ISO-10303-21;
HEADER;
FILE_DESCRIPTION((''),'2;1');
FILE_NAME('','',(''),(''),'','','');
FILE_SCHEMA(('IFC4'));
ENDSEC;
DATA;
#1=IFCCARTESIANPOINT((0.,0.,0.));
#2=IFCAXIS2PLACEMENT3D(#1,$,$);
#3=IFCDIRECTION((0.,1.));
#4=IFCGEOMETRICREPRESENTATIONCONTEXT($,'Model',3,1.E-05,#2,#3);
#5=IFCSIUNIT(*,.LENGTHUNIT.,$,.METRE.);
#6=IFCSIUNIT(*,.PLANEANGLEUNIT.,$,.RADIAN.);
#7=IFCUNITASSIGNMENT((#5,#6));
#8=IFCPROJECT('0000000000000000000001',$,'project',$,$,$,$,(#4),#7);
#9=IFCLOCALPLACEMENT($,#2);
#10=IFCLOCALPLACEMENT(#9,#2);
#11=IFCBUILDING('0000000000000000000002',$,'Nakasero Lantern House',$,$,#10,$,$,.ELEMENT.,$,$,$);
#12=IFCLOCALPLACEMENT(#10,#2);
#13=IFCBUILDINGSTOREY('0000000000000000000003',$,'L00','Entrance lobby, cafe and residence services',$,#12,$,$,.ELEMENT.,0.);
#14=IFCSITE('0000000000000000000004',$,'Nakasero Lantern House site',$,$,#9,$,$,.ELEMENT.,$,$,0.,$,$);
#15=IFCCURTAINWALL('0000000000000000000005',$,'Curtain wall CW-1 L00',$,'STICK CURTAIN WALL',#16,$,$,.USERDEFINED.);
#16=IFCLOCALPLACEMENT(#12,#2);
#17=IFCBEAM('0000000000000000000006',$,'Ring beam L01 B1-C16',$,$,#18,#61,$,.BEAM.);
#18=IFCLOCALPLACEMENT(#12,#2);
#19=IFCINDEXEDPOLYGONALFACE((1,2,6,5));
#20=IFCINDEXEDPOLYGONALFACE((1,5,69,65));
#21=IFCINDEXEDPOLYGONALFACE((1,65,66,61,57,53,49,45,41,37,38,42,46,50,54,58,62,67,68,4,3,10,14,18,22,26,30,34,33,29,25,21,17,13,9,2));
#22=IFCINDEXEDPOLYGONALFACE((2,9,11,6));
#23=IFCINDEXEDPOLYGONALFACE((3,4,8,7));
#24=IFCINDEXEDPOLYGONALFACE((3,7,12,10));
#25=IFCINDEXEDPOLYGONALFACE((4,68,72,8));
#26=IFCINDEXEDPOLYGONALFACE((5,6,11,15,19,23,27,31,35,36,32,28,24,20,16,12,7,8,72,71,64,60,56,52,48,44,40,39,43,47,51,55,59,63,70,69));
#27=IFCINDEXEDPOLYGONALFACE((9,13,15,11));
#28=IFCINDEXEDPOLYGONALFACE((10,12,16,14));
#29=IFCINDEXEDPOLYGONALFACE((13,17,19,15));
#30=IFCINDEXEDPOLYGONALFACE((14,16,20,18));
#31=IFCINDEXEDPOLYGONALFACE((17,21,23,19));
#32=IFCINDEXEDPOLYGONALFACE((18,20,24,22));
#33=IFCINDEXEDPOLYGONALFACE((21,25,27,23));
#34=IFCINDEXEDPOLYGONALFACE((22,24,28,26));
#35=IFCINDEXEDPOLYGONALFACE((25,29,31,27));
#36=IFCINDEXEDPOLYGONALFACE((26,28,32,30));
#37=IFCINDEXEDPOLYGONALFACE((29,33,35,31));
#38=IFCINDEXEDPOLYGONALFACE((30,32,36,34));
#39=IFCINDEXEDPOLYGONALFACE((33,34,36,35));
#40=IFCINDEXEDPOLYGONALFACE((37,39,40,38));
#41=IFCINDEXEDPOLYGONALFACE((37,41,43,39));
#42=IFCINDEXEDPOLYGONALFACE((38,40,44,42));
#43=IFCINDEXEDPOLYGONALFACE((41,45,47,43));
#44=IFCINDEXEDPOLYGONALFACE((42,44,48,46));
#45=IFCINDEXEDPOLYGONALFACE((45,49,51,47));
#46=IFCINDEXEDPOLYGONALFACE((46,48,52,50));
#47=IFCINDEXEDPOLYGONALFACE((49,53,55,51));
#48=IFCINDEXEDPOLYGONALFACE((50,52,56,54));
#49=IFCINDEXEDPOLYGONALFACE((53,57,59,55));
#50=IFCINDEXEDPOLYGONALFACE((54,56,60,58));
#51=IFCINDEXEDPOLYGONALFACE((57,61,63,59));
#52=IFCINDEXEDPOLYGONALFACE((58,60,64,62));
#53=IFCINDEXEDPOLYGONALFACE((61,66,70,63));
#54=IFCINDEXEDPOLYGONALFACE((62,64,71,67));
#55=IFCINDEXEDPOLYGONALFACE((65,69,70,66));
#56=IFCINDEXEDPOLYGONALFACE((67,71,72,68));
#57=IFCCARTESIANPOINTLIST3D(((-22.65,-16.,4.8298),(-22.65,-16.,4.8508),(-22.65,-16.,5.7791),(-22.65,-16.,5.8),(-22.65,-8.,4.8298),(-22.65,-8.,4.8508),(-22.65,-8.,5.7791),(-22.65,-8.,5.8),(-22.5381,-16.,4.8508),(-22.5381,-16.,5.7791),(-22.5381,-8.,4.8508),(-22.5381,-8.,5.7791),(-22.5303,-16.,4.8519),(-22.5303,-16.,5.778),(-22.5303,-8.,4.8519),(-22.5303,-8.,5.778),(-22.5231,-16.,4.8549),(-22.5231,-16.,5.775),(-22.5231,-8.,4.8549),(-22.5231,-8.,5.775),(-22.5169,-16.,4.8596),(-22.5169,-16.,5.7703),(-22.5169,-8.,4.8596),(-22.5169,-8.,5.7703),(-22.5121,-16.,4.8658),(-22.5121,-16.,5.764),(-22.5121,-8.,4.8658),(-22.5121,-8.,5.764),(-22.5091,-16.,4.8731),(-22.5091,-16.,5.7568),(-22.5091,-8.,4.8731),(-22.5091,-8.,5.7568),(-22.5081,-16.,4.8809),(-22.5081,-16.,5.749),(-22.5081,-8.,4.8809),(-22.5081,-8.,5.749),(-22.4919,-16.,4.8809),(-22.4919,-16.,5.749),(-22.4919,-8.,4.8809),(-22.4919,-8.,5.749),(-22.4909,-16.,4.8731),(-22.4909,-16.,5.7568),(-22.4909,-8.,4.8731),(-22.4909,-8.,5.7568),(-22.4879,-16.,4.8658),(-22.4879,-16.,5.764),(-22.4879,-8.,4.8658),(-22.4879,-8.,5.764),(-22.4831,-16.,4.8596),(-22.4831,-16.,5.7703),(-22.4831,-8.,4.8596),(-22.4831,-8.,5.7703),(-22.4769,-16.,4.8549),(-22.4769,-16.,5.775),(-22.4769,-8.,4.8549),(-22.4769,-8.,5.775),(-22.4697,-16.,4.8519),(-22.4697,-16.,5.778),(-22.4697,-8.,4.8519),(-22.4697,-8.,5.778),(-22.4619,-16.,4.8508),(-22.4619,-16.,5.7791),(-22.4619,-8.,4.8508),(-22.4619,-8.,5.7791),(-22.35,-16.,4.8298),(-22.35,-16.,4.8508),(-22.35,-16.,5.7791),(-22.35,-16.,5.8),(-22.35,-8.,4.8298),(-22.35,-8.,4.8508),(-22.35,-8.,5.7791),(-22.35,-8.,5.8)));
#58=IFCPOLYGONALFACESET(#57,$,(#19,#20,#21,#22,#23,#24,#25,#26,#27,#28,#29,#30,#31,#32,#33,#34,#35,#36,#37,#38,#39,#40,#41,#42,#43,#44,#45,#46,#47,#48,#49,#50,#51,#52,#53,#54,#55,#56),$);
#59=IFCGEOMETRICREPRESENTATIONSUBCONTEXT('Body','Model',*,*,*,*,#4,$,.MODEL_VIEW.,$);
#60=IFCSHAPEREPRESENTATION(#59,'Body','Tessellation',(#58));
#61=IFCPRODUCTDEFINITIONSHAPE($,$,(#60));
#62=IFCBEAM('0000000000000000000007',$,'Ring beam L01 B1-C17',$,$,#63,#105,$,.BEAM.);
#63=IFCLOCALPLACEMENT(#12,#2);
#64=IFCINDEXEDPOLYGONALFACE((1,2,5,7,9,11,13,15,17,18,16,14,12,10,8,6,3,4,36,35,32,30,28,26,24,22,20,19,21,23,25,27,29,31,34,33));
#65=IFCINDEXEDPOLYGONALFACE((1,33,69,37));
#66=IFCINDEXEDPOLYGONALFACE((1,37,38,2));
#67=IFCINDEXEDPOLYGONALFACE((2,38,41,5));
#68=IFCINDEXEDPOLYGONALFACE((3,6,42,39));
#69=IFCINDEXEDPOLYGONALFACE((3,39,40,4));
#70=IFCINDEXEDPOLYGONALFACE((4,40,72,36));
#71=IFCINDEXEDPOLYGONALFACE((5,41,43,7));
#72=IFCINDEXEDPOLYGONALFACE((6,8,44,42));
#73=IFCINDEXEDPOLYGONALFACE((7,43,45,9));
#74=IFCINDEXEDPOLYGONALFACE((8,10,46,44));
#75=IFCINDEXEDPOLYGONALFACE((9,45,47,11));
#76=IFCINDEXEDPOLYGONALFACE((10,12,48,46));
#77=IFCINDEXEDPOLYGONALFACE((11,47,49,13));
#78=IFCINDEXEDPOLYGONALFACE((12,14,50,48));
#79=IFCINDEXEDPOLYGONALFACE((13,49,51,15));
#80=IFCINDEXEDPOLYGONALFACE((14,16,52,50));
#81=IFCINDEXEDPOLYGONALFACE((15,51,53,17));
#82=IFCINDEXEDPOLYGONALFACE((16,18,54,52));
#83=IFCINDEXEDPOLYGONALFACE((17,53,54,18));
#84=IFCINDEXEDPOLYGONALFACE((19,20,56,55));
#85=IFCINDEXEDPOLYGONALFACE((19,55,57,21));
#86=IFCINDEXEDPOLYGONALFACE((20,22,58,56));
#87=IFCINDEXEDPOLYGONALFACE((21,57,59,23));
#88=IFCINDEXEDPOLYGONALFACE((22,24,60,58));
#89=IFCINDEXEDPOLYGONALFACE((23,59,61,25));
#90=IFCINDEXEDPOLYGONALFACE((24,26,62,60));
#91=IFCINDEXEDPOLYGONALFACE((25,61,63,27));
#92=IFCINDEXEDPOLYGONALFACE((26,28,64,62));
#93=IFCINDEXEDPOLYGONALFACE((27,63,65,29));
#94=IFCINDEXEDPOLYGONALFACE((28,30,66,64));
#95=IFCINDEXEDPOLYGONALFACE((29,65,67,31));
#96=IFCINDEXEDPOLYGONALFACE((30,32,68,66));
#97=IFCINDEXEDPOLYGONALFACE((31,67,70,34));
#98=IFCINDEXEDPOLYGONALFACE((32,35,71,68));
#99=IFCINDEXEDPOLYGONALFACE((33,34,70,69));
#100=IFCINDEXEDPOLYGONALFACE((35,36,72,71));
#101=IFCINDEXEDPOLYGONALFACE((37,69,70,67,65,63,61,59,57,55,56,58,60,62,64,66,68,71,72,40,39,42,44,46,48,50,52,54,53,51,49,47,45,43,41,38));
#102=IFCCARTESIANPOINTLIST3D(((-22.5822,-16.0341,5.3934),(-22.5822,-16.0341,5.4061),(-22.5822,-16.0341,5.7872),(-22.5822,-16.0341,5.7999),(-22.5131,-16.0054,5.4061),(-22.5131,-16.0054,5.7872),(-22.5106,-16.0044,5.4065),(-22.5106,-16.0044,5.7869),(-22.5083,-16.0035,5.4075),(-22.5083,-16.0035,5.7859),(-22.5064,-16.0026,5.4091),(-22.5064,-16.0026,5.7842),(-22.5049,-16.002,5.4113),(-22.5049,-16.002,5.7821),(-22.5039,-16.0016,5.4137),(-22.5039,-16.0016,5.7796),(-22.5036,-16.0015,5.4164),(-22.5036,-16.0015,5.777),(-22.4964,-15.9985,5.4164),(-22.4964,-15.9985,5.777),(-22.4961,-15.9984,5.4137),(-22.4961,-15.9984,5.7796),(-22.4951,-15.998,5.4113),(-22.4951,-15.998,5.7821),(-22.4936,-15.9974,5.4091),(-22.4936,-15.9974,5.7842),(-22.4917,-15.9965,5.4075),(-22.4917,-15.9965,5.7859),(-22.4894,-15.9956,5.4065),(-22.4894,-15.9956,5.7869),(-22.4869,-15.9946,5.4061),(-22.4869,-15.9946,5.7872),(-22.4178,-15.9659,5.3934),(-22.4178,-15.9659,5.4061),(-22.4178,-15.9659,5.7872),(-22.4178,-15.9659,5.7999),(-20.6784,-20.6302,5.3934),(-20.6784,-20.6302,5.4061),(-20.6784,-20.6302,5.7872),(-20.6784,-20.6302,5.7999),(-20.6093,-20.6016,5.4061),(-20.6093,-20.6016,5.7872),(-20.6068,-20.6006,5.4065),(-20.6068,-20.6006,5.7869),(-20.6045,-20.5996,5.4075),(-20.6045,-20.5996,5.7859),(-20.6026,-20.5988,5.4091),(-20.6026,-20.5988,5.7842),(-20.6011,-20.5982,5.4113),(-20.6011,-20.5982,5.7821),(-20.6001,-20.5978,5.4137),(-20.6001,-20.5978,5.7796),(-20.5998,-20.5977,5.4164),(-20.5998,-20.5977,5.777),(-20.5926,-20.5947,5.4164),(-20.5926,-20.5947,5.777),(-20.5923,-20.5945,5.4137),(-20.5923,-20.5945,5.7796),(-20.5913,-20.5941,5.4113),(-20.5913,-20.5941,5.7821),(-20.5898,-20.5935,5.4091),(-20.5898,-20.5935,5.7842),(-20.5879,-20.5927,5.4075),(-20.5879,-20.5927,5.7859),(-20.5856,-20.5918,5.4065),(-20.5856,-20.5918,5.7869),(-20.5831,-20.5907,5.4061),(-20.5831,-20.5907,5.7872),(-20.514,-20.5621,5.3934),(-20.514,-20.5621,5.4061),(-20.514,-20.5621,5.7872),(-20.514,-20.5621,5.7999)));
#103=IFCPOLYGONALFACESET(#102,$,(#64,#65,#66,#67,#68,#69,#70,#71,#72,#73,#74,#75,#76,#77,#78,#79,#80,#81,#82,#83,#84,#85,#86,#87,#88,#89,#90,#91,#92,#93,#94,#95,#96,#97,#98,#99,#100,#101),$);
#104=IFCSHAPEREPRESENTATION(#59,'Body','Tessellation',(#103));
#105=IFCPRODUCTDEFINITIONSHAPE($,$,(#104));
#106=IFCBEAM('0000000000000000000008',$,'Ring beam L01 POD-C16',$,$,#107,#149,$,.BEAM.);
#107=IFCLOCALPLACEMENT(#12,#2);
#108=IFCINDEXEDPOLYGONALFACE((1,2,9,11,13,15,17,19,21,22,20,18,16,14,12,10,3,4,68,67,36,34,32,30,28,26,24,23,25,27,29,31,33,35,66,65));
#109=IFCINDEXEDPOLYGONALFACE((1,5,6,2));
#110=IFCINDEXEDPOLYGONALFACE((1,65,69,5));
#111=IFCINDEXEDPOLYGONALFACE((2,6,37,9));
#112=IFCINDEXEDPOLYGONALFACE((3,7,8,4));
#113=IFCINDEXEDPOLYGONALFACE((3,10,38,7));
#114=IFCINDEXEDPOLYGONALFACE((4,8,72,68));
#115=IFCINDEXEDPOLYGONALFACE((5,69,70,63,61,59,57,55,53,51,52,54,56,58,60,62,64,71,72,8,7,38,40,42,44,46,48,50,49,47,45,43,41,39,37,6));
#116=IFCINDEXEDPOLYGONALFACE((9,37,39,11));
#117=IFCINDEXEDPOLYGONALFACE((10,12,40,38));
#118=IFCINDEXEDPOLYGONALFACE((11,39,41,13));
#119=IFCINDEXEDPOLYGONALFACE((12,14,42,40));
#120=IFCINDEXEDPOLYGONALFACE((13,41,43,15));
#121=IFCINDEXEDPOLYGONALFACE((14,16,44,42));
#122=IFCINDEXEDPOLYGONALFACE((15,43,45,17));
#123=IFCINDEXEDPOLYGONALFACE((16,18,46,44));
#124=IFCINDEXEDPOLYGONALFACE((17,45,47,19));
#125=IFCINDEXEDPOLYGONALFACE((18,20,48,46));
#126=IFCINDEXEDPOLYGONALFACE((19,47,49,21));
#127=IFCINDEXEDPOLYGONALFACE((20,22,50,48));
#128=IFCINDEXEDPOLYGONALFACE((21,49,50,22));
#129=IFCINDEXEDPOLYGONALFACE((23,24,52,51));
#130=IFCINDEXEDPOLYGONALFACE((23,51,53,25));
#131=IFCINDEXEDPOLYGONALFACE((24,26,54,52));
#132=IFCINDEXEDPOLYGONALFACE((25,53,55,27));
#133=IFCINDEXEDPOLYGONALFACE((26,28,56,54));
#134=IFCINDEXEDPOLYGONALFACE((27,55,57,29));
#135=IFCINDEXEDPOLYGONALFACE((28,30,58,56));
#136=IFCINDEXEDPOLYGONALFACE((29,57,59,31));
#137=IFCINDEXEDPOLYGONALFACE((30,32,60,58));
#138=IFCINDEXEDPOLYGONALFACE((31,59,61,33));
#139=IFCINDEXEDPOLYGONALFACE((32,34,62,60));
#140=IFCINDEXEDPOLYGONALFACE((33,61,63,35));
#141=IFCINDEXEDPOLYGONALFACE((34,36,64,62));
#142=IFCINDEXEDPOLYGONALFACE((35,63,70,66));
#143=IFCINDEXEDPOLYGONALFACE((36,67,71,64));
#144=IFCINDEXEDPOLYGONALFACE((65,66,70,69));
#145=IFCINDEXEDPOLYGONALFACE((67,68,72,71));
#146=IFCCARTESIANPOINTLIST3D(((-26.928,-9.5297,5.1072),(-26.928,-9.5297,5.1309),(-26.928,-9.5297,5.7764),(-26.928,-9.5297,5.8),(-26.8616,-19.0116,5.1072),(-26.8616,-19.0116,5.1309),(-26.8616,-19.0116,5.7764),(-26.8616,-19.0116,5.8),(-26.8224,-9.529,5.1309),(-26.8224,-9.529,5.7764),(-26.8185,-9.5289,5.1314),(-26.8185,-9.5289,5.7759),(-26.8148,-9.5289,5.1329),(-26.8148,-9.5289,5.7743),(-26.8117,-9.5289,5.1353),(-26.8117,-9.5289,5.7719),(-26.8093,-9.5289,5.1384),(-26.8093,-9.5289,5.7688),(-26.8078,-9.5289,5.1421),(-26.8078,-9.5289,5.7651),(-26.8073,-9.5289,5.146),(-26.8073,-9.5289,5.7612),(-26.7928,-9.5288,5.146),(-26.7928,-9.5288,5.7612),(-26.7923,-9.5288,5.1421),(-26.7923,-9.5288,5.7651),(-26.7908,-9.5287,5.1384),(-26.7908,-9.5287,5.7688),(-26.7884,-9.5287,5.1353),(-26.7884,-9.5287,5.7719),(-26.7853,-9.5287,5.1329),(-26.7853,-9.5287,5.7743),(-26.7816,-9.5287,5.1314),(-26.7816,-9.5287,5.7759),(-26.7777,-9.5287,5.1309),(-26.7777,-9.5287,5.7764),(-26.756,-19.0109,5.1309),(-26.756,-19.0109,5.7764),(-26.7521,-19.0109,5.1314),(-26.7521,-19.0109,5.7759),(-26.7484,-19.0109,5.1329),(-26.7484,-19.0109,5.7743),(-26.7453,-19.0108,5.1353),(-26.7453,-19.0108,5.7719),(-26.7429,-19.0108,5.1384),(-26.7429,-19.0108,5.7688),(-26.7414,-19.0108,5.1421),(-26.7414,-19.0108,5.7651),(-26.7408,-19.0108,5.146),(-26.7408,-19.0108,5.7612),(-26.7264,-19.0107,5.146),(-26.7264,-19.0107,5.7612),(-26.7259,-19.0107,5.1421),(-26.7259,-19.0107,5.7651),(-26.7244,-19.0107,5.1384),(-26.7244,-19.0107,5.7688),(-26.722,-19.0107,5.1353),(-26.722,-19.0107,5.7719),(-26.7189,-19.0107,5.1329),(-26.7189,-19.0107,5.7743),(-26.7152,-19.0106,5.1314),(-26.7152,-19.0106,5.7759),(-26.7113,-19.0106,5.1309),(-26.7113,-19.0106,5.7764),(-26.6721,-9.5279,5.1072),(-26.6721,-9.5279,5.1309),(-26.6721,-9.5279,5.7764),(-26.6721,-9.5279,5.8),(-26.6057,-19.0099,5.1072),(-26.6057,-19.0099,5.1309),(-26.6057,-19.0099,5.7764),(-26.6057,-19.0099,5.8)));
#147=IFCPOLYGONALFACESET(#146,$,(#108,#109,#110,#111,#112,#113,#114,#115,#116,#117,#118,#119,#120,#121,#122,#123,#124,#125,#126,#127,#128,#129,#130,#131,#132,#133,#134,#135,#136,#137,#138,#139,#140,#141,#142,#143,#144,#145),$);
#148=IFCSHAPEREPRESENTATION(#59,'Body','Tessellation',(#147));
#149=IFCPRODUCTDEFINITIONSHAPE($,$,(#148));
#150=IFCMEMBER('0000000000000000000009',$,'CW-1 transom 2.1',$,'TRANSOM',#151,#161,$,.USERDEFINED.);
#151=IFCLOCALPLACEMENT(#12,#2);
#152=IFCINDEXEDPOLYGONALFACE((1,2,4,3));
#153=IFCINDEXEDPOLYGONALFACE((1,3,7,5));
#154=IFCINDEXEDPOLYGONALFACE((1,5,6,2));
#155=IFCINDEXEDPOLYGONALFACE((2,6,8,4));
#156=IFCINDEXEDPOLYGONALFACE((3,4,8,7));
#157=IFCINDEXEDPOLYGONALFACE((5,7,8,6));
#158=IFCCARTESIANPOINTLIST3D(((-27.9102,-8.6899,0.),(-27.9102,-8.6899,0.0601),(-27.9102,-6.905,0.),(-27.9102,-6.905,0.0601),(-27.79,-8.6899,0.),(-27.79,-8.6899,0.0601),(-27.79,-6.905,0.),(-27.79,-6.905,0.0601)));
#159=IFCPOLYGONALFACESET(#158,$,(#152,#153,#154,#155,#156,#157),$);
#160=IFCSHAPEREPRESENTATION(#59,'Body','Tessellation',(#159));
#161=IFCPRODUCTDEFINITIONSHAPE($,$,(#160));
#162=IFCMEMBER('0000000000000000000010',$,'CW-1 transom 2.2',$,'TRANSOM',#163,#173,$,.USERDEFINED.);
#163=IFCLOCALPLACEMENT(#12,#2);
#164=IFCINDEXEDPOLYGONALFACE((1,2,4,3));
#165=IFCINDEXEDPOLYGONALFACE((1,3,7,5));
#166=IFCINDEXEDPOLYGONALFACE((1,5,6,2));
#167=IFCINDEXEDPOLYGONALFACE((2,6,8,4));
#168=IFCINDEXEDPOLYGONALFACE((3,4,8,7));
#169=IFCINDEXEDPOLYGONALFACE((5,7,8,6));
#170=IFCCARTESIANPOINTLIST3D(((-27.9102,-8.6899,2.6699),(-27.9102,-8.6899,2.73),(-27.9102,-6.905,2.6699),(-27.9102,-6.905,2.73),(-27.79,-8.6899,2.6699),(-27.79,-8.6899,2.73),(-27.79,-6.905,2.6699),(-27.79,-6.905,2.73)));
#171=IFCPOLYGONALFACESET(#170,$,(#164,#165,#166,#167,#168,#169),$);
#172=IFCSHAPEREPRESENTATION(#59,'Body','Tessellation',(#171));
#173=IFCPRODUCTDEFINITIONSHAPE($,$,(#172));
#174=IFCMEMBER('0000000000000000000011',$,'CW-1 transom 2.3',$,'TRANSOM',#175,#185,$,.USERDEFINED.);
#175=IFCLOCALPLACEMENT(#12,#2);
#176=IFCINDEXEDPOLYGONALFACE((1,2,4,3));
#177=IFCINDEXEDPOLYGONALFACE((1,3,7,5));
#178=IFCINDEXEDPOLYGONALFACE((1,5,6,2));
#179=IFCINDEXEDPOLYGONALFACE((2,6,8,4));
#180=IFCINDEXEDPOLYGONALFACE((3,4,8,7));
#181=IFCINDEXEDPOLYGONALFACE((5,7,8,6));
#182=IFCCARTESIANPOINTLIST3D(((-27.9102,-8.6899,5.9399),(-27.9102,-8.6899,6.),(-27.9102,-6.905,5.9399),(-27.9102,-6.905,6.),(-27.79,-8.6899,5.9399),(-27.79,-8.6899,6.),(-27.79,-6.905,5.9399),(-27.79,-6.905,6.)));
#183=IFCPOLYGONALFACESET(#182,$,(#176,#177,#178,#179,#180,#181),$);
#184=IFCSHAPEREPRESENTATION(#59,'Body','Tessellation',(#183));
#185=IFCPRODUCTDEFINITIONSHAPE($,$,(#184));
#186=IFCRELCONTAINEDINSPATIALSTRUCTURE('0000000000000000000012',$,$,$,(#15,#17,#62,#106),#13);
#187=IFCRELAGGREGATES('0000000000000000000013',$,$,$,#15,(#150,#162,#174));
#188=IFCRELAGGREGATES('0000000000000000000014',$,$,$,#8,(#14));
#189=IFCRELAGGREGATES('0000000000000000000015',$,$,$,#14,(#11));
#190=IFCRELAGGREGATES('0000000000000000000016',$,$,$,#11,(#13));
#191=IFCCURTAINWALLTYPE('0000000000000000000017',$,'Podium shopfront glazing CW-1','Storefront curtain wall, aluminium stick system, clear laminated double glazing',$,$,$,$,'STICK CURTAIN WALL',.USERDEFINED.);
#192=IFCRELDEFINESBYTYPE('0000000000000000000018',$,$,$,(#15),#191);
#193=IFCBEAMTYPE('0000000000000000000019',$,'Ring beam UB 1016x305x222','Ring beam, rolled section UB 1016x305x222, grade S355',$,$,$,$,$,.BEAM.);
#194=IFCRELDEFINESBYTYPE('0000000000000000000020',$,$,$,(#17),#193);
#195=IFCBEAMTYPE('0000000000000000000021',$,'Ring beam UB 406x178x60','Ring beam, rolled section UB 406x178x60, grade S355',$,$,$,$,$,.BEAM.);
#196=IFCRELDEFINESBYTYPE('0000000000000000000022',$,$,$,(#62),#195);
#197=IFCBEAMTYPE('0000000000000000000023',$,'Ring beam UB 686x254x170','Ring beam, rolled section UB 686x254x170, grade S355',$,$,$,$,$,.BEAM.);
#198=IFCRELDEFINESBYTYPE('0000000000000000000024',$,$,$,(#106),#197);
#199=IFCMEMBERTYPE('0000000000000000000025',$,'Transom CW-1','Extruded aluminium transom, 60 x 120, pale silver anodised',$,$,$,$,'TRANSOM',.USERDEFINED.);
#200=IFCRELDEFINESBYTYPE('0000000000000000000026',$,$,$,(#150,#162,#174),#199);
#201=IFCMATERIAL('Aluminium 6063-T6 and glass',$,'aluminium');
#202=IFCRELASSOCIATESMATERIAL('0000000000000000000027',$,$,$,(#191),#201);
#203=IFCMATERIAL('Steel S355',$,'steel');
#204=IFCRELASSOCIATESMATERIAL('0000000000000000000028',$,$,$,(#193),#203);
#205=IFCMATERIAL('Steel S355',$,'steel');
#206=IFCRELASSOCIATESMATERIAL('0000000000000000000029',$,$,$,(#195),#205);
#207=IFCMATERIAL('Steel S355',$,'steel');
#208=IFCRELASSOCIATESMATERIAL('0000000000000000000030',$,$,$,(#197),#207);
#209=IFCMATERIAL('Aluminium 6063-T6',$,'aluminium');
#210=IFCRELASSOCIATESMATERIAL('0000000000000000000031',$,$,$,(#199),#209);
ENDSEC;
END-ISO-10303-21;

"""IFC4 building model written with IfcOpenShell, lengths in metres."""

from ifc_helpers import new_model, si_unit, direction, frame, origin, origin_2d, place, context, subcontext, project, spatial, rectangle, i_section, extrude, material, material_profile, profile_set, type_object, element, aggregate, save


model = new_model("IFC4")

# Units and contexts
model_context = context("Model", 3, precision=1e-05, world=origin(), true_north=direction((0.0, 1.0)))
body_context = subcontext(model_context, "Body", "Model", "MODEL_VIEW")
ifc_project = project(units=[si_unit("LENGTHUNIT", "METRE"), si_unit("PLANEANGLEUNIT", "RADIAN")], contexts=[model_context])

# Site, building, storey
site_placement = place(None, origin())
site = spatial("IfcSite", under=ifc_project, at=site_placement, Name="Nakasero Lantern House site", CompositionType="ELEMENT", RefElevation=0.0)
building_placement = place(site_placement, origin())
building = spatial("IfcBuilding", under=site, at=building_placement, Name="Nakasero Lantern House", CompositionType="ELEMENT")
storey_placement = place(building_placement, origin())
storey = spatial("IfcBuildingStorey", under=building, at=storey_placement, Name="L00", Description="Entrance lobby, cafe and residence services", CompositionType="ELEMENT", Elevation=0.0)

# Curtain wall
ifc_material_1 = material(Name="Aluminium 6063-T6 and glass", Category="aluminium")
curtain_wall_type = type_object("IfcCurtainWallType", Name="Podium shopfront glazing CW-1", Description="Storefront curtain wall, aluminium stick system, clear laminated double glazing", ElementType="STICK CURTAIN WALL", PredefinedType="USERDEFINED", material=ifc_material_1)
curtain_wall_1_placement = place(storey_placement, origin())
curtain_wall_1 = element("IfcCurtainWall", 1, at=curtain_wall_1_placement, inside=storey, type_object=curtain_wall_type, Name="Curtain wall CW-1 L00", ObjectType="STICK CURTAIN WALL", PredefinedType="USERDEFINED")

# Beams
ifc_material_2 = material(Name="Steel S355", Category="steel")
ifc_material_profile_1 = material_profile(ifc_material_2, i_section(OverallWidth=0.3, OverallDepth=0.9702, WebThickness=0.0161, FlangeThickness=0.021, FilletRadius=0.03, at=origin_2d()), Name="UB 1016x305x222")
ifc_profile_set_1 = profile_set([ifc_material_profile_1], Name="Steel S355")
beam_type_1 = type_object("IfcBeamType", Name="Ring beam UB 1016x305x222", Description="Ring beam, rolled section UB 1016x305x222, grade S355", PredefinedType="BEAM", material=ifc_profile_set_1)
beam_1_placement = place(storey_placement, frame((-22.5, -8.0, 5.3149), z_axis=(0.0, -1.0, 0.0), x_axis=(1.0, 0.0, 0.0)))
element("IfcBeam", 2, at=beam_1_placement, inside=storey, type_object=beam_type_1, Name="Ring beam L01 B1-C16", PredefinedType="BEAM", context=body_context, shape_type="SweptSolid", body=[
    extrude(i_section(OverallWidth=0.3, OverallDepth=0.9702, WebThickness=0.0161, FlangeThickness=0.021, FilletRadius=0.03, at=origin_2d()), origin(), (0.0, 0.0, 1.0), 8.0),
])
ifc_material_3 = material(Name="Steel S355", Category="steel")
ifc_material_profile_2 = material_profile(ifc_material_3, i_section(OverallWidth=0.178, OverallDepth=0.4065, WebThickness=0.0078, FlangeThickness=0.0127, FilletRadius=0.0103, at=origin_2d()), Name="UB 406x178x60")
ifc_profile_set_2 = profile_set([ifc_material_profile_2], Name="Steel S355")
beam_type_2 = type_object("IfcBeamType", Name="Ring beam UB 406x178x60", Description="Ring beam, rolled section UB 406x178x60, grade S355", PredefinedType="BEAM", material=ifc_profile_set_2)
beam_2_placement = place(storey_placement, frame((-22.5, -16.0, 5.5967), z_axis=(0.382684, -0.923879, 0.0), x_axis=(0.923879, 0.382684, 0.0)))
element("IfcBeam", 3, at=beam_2_placement, inside=storey, type_object=beam_type_2, Name="Ring beam L01 B1-C17", PredefinedType="BEAM", context=body_context, shape_type="SweptSolid", body=[
    extrude(i_section(OverallWidth=0.178, OverallDepth=0.4065, WebThickness=0.0078, FlangeThickness=0.0127, FilletRadius=0.0103, at=origin_2d()), origin(), (0.0, 0.0, 1.0), 4.9749),
])
ifc_material_4 = material(Name="Steel S355", Category="steel")
ifc_material_profile_3 = material_profile(ifc_material_4, i_section(OverallWidth=0.2559, OverallDepth=0.6929, WebThickness=0.0144, FlangeThickness=0.0237, FilletRadius=0.0151, at=origin_2d()), Name="UB 686x254x170")
ifc_profile_set_3 = profile_set([ifc_material_profile_3], Name="Steel S355")
beam_type_3 = type_object("IfcBeamType", Name="Ring beam UB 686x254x170", Description="Ring beam, rolled section UB 686x254x170, grade S355", PredefinedType="BEAM", material=ifc_profile_set_3)
beam_3_placement = place(storey_placement, frame((-26.8, -9.5288, 5.4536), z_axis=(0.007003, -0.999975, 0.0), x_axis=(0.999975, 0.007003, 0.0)))
element("IfcBeam", 4, at=beam_3_placement, inside=storey, type_object=beam_type_3, Name="Ring beam L01 POD-C16", PredefinedType="BEAM", context=body_context, shape_type="SweptSolid", body=[
    extrude(i_section(OverallWidth=0.2559, OverallDepth=0.6929, WebThickness=0.0144, FlangeThickness=0.0237, FilletRadius=0.0151, at=origin_2d()), origin(), (0.0, 0.0, 1.0), 9.4822),
])

# Members
ifc_material_5 = material(Name="Aluminium 6063-T6", Category="aluminium")
ifc_material_profile_4 = material_profile(ifc_material_5, rectangle(XDim=0.0601, YDim=0.1201, at=origin_2d()), Name="CW-1 transom 60x120")
ifc_profile_set_4 = profile_set([ifc_material_profile_4], Name="Aluminium 6063-T6")
member_type_1 = type_object("IfcMemberType", Name="Transom CW-1", Description="Extruded aluminium transom, 60 x 120, pale silver anodised", ElementType="TRANSOM", PredefinedType="USERDEFINED", material=ifc_profile_set_4)
member_1_placement = place(storey_placement, frame((-27.8501, -6.905, 0.03), z_axis=(0.0, -1.0, 0.0), x_axis=(0.0, 0.0, 1.0)))
member_1 = element("IfcMember", 5, at=member_1_placement, type_object=member_type_1, Name="CW-1 transom 2.1", ObjectType="TRANSOM", PredefinedType="USERDEFINED", context=body_context, shape_type="SweptSolid", body=[
    extrude(rectangle(XDim=0.0601, YDim=0.1201, at=origin_2d()), origin(), (0.0, 0.0, 1.0), 1.7849),
])
member_2_placement = place(storey_placement, frame((-27.8501, -6.905, 2.7), z_axis=(0.0, -1.0, 0.0), x_axis=(0.0, 0.0, 1.0)))
member_2 = element("IfcMember", 6, at=member_2_placement, type_object=member_type_1, Name="CW-1 transom 2.2", ObjectType="TRANSOM", PredefinedType="USERDEFINED", context=body_context, shape_type="SweptSolid", body=[
    extrude(rectangle(XDim=0.0601, YDim=0.1201, at=origin_2d()), origin(), (0.0, 0.0, 1.0), 1.7849),
])
member_3_placement = place(storey_placement, frame((-27.8501, -6.905, 5.97), z_axis=(0.0, -1.0, 0.0), x_axis=(0.0, 0.0, 1.0)))
member_3 = element("IfcMember", 7, at=member_3_placement, type_object=member_type_1, Name="CW-1 transom 2.3", ObjectType="TRANSOM", PredefinedType="USERDEFINED", context=body_context, shape_type="SweptSolid", body=[
    extrude(rectangle(XDim=0.0601, YDim=0.1201, at=origin_2d()), origin(), (0.0, 0.0, 1.0), 1.7849),
])

aggregate(curtain_wall_1, [member_1, member_2, member_3])

save(model, "model.ifc")
